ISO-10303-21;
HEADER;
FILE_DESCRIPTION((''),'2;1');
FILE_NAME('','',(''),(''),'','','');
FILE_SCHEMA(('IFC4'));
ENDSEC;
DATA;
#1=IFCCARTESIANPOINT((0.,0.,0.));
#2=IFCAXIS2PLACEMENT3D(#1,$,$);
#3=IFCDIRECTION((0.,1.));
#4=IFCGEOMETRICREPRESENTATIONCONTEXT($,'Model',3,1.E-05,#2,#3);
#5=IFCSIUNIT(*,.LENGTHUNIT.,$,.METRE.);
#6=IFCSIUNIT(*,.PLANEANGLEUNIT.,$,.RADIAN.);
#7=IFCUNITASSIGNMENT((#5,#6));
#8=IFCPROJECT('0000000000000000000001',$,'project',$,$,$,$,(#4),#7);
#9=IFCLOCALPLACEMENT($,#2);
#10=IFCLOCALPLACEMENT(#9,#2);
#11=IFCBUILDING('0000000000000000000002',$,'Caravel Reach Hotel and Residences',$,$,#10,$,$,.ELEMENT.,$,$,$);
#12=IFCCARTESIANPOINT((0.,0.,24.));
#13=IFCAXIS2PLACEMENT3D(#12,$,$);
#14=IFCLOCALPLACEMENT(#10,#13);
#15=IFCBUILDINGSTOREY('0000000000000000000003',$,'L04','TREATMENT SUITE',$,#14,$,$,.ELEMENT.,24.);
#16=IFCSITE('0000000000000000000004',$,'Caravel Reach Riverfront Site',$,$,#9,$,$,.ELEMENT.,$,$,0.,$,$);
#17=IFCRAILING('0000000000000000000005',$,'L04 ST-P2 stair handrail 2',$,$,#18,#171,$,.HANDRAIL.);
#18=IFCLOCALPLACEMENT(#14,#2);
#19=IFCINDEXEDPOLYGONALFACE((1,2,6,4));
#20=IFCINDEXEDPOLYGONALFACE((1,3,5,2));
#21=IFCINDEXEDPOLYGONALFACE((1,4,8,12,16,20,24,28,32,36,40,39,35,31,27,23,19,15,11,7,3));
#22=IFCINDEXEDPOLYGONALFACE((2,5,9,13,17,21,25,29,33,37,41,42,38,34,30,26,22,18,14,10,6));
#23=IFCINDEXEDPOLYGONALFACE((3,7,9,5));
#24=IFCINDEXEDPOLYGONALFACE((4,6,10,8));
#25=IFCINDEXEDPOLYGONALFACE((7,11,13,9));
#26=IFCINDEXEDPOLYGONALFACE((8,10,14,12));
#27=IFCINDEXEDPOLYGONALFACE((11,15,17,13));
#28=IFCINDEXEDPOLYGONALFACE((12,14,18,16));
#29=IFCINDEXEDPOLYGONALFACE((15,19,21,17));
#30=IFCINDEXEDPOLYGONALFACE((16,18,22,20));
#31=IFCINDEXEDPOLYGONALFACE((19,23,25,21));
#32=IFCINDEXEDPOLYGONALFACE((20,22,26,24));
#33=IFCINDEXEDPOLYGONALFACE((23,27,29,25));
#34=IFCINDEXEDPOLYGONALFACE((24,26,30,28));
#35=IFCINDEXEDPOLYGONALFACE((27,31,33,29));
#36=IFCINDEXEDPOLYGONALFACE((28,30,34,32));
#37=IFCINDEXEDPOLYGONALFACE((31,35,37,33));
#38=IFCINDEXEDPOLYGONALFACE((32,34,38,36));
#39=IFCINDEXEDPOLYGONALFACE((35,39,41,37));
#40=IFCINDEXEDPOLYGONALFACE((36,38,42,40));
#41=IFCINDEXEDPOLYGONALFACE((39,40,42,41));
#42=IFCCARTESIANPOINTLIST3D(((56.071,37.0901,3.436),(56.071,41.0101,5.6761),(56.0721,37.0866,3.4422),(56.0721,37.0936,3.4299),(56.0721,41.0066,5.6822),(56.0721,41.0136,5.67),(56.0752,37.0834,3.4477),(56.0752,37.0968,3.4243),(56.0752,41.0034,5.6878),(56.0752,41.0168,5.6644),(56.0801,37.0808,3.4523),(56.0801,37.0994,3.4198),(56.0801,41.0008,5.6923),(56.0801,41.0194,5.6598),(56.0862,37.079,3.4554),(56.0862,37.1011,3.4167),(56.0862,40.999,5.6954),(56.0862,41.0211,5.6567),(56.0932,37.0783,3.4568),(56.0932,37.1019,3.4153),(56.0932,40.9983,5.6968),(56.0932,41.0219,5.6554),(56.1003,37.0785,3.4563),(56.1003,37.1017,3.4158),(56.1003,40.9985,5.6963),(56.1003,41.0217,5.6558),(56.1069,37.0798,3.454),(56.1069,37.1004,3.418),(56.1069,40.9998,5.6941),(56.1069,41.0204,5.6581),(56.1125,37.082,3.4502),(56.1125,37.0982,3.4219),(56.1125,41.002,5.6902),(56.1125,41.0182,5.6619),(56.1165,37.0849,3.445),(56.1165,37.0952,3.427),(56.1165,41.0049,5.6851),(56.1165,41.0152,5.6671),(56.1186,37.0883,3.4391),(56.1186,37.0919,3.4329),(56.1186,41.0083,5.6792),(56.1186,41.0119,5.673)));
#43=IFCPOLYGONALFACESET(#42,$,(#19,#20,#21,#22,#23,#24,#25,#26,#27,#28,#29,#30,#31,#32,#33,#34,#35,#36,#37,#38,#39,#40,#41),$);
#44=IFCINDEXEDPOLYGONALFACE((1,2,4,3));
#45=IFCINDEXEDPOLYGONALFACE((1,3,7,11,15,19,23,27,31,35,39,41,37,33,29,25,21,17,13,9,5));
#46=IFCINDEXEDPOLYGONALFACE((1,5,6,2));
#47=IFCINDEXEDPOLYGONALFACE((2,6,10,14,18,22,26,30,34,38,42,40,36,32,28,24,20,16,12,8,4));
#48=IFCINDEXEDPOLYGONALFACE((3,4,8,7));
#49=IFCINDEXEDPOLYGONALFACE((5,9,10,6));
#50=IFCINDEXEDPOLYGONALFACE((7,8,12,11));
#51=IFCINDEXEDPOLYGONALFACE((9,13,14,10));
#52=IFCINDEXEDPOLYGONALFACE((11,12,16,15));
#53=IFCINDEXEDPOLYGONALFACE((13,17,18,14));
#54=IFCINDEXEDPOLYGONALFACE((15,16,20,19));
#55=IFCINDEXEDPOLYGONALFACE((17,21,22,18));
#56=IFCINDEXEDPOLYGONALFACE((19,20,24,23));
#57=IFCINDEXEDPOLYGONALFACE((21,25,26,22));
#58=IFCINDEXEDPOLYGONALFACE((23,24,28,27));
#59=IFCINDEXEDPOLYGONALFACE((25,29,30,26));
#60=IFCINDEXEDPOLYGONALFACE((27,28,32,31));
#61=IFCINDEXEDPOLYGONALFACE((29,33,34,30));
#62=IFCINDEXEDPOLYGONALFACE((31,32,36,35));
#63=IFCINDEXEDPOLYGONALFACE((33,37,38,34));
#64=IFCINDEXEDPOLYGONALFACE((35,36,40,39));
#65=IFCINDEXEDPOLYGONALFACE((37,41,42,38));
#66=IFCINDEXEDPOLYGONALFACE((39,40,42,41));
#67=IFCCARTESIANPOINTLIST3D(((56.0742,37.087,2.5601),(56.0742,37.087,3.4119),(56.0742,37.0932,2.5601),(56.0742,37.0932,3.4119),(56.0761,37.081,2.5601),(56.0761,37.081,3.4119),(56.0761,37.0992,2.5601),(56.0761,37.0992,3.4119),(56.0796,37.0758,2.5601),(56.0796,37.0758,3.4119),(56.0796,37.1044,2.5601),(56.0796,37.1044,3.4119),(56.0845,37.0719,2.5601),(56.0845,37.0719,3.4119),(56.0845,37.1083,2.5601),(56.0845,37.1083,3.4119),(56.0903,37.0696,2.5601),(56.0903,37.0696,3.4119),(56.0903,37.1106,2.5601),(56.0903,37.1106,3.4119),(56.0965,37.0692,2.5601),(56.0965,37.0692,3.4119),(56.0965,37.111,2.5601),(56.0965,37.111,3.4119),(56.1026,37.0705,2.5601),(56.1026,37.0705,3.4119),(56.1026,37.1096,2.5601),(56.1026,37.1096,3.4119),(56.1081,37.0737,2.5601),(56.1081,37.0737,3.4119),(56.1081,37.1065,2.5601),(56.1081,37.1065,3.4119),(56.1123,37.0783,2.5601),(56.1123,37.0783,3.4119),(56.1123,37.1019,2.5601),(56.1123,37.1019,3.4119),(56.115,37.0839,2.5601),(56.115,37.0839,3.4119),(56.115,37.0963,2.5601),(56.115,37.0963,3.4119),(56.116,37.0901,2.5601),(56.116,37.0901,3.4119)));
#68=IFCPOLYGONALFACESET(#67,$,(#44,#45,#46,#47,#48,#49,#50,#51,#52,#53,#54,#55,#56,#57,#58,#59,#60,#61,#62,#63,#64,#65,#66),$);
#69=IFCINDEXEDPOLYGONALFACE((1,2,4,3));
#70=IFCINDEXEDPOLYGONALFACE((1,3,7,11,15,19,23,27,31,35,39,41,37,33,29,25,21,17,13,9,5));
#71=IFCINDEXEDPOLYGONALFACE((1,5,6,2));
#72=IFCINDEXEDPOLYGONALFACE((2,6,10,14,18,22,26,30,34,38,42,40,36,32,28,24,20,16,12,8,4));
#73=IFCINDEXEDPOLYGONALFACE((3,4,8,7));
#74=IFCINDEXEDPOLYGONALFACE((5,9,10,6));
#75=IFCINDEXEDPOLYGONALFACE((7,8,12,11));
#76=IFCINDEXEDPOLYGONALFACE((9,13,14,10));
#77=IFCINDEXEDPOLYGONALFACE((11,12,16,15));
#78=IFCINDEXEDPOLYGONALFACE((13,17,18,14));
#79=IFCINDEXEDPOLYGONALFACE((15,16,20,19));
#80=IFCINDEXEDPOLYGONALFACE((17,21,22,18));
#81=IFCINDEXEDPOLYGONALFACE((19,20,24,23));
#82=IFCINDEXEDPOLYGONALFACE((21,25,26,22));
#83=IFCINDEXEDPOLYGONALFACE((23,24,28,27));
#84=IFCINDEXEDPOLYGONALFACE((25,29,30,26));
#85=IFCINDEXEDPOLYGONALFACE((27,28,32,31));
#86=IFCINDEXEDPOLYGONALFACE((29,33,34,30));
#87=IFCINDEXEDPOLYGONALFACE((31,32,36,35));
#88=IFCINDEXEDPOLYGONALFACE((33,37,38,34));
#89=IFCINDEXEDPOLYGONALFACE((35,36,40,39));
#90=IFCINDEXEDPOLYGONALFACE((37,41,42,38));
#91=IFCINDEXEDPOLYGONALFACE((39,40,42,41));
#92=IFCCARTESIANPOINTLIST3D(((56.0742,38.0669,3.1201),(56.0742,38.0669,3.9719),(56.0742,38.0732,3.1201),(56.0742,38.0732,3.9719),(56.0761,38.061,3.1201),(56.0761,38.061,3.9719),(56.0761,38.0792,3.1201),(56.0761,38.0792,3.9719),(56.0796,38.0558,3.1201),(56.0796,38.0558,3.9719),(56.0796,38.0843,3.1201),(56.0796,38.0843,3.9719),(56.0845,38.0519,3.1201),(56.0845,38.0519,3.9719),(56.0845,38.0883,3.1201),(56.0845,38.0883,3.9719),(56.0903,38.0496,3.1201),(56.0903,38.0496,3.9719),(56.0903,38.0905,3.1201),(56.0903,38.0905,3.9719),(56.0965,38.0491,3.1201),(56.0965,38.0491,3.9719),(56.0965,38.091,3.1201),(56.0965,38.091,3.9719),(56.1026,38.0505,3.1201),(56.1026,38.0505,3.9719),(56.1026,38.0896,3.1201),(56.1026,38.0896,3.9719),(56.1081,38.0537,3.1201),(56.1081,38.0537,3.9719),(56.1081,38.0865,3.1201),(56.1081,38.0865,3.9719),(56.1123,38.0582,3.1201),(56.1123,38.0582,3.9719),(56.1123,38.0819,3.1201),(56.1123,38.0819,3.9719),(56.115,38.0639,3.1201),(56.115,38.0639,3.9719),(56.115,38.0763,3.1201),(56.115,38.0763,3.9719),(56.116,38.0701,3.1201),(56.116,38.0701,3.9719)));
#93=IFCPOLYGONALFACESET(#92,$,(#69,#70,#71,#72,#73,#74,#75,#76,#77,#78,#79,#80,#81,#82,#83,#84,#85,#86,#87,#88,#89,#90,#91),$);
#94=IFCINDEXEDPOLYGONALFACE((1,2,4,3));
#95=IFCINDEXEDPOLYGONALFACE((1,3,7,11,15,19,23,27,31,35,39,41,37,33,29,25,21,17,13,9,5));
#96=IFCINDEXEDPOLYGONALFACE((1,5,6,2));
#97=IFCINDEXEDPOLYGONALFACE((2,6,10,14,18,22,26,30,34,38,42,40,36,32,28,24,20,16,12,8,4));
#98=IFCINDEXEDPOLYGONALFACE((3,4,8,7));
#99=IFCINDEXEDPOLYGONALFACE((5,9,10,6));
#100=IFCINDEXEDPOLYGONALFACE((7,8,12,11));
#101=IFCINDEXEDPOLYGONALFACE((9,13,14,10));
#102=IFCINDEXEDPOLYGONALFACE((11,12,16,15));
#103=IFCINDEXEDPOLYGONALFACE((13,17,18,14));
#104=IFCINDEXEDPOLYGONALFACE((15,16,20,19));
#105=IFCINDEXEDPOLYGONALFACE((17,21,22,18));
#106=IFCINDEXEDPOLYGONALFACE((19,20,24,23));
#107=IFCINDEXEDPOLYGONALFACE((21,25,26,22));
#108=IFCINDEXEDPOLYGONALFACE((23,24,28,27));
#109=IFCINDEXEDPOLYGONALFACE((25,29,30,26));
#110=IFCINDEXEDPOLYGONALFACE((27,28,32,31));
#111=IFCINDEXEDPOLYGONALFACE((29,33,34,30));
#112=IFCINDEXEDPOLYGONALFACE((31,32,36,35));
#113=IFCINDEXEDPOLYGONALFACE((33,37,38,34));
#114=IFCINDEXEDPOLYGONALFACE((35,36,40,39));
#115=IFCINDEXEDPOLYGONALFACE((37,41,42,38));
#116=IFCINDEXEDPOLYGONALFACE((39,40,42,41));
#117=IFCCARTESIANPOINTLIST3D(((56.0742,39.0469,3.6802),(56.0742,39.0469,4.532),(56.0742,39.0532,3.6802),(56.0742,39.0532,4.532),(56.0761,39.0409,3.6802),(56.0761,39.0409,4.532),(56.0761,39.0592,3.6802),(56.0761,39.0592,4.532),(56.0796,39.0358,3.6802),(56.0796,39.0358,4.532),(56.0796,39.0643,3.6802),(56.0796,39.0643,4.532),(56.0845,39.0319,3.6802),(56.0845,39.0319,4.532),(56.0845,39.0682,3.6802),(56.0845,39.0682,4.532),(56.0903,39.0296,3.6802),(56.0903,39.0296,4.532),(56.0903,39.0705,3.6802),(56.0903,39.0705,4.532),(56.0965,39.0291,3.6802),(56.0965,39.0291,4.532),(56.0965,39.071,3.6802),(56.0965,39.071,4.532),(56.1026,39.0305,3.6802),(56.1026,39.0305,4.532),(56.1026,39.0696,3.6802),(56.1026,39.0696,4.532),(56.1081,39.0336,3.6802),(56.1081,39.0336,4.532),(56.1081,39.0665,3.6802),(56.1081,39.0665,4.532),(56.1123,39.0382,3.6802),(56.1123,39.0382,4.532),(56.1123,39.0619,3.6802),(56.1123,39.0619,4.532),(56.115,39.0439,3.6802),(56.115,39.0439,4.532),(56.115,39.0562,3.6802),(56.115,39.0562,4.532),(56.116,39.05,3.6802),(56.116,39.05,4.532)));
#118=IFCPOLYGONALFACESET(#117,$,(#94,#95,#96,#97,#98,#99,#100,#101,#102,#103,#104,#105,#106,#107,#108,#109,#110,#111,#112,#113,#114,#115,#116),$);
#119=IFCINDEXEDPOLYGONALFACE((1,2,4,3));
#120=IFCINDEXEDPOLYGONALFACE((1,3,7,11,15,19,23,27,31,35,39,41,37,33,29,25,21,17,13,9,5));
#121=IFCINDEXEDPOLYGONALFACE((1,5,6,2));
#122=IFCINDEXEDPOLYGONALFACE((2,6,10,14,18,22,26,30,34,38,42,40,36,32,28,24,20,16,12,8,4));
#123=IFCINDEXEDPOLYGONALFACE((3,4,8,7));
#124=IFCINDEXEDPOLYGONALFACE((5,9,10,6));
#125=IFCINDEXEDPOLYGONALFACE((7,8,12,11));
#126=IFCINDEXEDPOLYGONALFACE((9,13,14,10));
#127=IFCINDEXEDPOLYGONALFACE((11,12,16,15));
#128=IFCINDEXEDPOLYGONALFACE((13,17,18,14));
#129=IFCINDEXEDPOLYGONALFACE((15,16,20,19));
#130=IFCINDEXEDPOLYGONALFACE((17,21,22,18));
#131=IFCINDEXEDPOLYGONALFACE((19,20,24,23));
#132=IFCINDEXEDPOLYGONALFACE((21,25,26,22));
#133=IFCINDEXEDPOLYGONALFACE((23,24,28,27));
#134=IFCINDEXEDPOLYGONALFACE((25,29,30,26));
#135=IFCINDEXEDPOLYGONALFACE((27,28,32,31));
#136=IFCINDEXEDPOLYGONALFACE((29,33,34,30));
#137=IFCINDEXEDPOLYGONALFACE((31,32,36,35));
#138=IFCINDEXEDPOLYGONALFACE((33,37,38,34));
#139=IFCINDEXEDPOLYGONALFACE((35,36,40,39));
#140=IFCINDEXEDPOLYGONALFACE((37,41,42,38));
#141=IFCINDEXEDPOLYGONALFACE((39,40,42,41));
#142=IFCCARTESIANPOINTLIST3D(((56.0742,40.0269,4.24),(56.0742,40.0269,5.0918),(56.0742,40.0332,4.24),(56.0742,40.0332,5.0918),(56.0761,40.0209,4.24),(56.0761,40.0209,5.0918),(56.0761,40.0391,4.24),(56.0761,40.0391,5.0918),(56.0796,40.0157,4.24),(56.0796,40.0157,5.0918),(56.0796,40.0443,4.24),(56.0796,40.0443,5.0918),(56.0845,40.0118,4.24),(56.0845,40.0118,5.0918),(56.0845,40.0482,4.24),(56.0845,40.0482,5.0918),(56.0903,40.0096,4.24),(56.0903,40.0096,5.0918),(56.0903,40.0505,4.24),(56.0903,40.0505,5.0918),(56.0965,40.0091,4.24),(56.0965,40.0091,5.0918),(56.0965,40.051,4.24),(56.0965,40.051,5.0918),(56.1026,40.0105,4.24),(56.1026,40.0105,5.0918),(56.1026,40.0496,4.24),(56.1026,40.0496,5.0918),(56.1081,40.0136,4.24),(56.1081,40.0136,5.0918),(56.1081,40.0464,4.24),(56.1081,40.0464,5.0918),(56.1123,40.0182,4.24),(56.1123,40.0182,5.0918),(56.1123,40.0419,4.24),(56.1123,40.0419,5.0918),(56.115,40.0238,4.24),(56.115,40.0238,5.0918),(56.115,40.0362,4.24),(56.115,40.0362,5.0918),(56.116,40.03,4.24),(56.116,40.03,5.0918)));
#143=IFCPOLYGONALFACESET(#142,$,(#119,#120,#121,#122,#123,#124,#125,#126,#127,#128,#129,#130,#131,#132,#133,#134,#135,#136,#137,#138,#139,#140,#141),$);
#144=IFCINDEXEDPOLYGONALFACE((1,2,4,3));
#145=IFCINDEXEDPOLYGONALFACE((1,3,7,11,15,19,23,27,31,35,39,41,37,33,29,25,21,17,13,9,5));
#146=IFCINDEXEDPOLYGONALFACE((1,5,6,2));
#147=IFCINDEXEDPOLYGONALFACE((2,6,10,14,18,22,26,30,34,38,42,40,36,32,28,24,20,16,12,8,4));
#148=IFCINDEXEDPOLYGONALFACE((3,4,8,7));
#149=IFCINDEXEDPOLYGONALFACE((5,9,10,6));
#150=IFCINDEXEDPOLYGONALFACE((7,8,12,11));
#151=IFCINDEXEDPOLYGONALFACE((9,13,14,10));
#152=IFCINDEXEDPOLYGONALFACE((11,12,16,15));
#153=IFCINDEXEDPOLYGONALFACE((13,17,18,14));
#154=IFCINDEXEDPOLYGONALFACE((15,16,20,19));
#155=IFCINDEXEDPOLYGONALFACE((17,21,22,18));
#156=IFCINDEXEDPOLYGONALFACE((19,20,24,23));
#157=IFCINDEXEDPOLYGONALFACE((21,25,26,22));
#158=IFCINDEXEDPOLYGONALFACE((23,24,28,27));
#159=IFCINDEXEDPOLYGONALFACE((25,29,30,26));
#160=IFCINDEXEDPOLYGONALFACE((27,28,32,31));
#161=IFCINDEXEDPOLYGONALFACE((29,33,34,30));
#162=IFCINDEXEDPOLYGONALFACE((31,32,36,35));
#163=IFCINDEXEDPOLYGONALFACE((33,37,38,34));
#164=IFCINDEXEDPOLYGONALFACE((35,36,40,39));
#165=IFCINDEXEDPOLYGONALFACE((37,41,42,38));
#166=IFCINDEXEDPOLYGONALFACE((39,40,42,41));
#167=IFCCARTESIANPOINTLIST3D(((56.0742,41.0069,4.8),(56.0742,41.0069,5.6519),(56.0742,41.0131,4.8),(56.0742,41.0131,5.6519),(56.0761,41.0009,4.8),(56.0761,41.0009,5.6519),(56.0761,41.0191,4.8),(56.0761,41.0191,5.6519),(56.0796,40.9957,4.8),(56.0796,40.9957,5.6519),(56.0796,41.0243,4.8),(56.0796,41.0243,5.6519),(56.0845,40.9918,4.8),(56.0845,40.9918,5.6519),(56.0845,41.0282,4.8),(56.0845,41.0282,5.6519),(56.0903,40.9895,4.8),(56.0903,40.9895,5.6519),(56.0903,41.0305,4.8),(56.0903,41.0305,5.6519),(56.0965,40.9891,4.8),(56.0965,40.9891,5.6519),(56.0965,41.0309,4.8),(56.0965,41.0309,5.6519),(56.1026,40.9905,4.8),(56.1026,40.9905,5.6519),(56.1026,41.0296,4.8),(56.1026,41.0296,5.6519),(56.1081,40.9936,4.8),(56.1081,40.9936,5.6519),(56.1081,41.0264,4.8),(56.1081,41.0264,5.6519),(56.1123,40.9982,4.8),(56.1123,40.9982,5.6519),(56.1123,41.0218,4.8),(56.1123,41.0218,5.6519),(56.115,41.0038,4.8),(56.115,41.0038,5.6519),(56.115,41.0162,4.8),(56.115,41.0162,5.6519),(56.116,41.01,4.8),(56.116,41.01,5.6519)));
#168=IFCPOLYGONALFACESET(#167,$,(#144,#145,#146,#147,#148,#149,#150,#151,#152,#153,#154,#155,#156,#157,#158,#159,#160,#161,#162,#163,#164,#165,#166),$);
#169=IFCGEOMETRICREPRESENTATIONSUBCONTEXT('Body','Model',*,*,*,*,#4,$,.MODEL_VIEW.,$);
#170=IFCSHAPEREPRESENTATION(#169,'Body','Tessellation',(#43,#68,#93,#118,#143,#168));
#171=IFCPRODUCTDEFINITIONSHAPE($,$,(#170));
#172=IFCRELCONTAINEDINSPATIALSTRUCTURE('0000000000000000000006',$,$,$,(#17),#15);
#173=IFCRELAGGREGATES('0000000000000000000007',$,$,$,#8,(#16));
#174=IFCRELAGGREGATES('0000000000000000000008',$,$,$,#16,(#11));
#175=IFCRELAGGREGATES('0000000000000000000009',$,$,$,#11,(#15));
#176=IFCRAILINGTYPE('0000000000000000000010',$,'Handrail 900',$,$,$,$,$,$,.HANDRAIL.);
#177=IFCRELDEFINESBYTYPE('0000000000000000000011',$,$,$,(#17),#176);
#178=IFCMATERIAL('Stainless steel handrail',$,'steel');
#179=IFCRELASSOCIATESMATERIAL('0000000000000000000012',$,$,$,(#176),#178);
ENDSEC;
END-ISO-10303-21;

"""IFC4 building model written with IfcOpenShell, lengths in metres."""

from ifc_helpers import new_model, si_unit, direction, frame, origin, origin_2d, place, context, subcontext, project, spatial, circle, extrude, material, type_object, element, save


model = new_model("IFC4")

# Units and contexts
model_context = context("Model", 3, precision=1e-05, world=origin(), true_north=direction((0.0, 1.0)))
body_context = subcontext(model_context, "Body", "Model", "MODEL_VIEW")
ifc_project = project(units=[si_unit("LENGTHUNIT", "METRE"), si_unit("PLANEANGLEUNIT", "RADIAN")], contexts=[model_context])

# Site, building, storey
site_placement = place(None, origin())
site = spatial("IfcSite", under=ifc_project, at=site_placement, Name="Caravel Reach Riverfront Site", CompositionType="ELEMENT", RefElevation=0.0)
building_placement = place(site_placement, origin())
building = spatial("IfcBuilding", under=site, at=building_placement, Name="Caravel Reach Hotel and Residences", CompositionType="ELEMENT")
storey_placement = place(building_placement, frame((0.0, 0.0, 24.0)))
storey = spatial("IfcBuildingStorey", under=building, at=storey_placement, Name="L04", Description="TREATMENT SUITE", CompositionType="ELEMENT", Elevation=24.0)

# Railing
ifc_material_1 = material(Name="Stainless steel handrail", Category="steel")
railing_type_1 = type_object("IfcRailingType", Name="Handrail 900", PredefinedType="HANDRAIL", material=ifc_material_1)
railing_1_placement = place(storey_placement, frame((56.095, 37.0901, 2.5601)))
element("IfcRailing", 1, at=railing_1_placement, inside=storey, type_object=railing_type_1, Name="L04 ST-P2 stair handrail 2", PredefinedType="HANDRAIL", context=body_context, shape_type="SweptSolid", body=[
    extrude(circle(Radius=0.0239, at=origin_2d()), frame((0.0, 0.0, 0.876), z_axis=(0.0, 0.86824, 0.496145), x_axis=(-1.0, 0.0, 0.0)), (0.0, 0.0, 1.0), 4.5149),
    extrude(circle(Radius=0.021, at=origin_2d()), origin(), (0.0, 0.0, 1.0), 0.8518),
    extrude(circle(Radius=0.021, at=origin_2d()), frame((0.0, 0.98, 0.5601)), (0.0, 0.0, 1.0), 0.8518),
    extrude(circle(Radius=0.021, at=origin_2d()), frame((0.0, 1.96, 1.1201)), (0.0, 0.0, 1.0), 0.8518),
    extrude(circle(Radius=0.021, at=origin_2d()), frame((0.0, 2.9399, 1.6799)), (0.0, 0.0, 1.0), 0.8518),
    extrude(circle(Radius=0.021, at=origin_2d()), frame((0.0, 3.9199, 2.24)), (0.0, 0.0, 1.0), 0.8518),
])

save(model, "model.ifc")
